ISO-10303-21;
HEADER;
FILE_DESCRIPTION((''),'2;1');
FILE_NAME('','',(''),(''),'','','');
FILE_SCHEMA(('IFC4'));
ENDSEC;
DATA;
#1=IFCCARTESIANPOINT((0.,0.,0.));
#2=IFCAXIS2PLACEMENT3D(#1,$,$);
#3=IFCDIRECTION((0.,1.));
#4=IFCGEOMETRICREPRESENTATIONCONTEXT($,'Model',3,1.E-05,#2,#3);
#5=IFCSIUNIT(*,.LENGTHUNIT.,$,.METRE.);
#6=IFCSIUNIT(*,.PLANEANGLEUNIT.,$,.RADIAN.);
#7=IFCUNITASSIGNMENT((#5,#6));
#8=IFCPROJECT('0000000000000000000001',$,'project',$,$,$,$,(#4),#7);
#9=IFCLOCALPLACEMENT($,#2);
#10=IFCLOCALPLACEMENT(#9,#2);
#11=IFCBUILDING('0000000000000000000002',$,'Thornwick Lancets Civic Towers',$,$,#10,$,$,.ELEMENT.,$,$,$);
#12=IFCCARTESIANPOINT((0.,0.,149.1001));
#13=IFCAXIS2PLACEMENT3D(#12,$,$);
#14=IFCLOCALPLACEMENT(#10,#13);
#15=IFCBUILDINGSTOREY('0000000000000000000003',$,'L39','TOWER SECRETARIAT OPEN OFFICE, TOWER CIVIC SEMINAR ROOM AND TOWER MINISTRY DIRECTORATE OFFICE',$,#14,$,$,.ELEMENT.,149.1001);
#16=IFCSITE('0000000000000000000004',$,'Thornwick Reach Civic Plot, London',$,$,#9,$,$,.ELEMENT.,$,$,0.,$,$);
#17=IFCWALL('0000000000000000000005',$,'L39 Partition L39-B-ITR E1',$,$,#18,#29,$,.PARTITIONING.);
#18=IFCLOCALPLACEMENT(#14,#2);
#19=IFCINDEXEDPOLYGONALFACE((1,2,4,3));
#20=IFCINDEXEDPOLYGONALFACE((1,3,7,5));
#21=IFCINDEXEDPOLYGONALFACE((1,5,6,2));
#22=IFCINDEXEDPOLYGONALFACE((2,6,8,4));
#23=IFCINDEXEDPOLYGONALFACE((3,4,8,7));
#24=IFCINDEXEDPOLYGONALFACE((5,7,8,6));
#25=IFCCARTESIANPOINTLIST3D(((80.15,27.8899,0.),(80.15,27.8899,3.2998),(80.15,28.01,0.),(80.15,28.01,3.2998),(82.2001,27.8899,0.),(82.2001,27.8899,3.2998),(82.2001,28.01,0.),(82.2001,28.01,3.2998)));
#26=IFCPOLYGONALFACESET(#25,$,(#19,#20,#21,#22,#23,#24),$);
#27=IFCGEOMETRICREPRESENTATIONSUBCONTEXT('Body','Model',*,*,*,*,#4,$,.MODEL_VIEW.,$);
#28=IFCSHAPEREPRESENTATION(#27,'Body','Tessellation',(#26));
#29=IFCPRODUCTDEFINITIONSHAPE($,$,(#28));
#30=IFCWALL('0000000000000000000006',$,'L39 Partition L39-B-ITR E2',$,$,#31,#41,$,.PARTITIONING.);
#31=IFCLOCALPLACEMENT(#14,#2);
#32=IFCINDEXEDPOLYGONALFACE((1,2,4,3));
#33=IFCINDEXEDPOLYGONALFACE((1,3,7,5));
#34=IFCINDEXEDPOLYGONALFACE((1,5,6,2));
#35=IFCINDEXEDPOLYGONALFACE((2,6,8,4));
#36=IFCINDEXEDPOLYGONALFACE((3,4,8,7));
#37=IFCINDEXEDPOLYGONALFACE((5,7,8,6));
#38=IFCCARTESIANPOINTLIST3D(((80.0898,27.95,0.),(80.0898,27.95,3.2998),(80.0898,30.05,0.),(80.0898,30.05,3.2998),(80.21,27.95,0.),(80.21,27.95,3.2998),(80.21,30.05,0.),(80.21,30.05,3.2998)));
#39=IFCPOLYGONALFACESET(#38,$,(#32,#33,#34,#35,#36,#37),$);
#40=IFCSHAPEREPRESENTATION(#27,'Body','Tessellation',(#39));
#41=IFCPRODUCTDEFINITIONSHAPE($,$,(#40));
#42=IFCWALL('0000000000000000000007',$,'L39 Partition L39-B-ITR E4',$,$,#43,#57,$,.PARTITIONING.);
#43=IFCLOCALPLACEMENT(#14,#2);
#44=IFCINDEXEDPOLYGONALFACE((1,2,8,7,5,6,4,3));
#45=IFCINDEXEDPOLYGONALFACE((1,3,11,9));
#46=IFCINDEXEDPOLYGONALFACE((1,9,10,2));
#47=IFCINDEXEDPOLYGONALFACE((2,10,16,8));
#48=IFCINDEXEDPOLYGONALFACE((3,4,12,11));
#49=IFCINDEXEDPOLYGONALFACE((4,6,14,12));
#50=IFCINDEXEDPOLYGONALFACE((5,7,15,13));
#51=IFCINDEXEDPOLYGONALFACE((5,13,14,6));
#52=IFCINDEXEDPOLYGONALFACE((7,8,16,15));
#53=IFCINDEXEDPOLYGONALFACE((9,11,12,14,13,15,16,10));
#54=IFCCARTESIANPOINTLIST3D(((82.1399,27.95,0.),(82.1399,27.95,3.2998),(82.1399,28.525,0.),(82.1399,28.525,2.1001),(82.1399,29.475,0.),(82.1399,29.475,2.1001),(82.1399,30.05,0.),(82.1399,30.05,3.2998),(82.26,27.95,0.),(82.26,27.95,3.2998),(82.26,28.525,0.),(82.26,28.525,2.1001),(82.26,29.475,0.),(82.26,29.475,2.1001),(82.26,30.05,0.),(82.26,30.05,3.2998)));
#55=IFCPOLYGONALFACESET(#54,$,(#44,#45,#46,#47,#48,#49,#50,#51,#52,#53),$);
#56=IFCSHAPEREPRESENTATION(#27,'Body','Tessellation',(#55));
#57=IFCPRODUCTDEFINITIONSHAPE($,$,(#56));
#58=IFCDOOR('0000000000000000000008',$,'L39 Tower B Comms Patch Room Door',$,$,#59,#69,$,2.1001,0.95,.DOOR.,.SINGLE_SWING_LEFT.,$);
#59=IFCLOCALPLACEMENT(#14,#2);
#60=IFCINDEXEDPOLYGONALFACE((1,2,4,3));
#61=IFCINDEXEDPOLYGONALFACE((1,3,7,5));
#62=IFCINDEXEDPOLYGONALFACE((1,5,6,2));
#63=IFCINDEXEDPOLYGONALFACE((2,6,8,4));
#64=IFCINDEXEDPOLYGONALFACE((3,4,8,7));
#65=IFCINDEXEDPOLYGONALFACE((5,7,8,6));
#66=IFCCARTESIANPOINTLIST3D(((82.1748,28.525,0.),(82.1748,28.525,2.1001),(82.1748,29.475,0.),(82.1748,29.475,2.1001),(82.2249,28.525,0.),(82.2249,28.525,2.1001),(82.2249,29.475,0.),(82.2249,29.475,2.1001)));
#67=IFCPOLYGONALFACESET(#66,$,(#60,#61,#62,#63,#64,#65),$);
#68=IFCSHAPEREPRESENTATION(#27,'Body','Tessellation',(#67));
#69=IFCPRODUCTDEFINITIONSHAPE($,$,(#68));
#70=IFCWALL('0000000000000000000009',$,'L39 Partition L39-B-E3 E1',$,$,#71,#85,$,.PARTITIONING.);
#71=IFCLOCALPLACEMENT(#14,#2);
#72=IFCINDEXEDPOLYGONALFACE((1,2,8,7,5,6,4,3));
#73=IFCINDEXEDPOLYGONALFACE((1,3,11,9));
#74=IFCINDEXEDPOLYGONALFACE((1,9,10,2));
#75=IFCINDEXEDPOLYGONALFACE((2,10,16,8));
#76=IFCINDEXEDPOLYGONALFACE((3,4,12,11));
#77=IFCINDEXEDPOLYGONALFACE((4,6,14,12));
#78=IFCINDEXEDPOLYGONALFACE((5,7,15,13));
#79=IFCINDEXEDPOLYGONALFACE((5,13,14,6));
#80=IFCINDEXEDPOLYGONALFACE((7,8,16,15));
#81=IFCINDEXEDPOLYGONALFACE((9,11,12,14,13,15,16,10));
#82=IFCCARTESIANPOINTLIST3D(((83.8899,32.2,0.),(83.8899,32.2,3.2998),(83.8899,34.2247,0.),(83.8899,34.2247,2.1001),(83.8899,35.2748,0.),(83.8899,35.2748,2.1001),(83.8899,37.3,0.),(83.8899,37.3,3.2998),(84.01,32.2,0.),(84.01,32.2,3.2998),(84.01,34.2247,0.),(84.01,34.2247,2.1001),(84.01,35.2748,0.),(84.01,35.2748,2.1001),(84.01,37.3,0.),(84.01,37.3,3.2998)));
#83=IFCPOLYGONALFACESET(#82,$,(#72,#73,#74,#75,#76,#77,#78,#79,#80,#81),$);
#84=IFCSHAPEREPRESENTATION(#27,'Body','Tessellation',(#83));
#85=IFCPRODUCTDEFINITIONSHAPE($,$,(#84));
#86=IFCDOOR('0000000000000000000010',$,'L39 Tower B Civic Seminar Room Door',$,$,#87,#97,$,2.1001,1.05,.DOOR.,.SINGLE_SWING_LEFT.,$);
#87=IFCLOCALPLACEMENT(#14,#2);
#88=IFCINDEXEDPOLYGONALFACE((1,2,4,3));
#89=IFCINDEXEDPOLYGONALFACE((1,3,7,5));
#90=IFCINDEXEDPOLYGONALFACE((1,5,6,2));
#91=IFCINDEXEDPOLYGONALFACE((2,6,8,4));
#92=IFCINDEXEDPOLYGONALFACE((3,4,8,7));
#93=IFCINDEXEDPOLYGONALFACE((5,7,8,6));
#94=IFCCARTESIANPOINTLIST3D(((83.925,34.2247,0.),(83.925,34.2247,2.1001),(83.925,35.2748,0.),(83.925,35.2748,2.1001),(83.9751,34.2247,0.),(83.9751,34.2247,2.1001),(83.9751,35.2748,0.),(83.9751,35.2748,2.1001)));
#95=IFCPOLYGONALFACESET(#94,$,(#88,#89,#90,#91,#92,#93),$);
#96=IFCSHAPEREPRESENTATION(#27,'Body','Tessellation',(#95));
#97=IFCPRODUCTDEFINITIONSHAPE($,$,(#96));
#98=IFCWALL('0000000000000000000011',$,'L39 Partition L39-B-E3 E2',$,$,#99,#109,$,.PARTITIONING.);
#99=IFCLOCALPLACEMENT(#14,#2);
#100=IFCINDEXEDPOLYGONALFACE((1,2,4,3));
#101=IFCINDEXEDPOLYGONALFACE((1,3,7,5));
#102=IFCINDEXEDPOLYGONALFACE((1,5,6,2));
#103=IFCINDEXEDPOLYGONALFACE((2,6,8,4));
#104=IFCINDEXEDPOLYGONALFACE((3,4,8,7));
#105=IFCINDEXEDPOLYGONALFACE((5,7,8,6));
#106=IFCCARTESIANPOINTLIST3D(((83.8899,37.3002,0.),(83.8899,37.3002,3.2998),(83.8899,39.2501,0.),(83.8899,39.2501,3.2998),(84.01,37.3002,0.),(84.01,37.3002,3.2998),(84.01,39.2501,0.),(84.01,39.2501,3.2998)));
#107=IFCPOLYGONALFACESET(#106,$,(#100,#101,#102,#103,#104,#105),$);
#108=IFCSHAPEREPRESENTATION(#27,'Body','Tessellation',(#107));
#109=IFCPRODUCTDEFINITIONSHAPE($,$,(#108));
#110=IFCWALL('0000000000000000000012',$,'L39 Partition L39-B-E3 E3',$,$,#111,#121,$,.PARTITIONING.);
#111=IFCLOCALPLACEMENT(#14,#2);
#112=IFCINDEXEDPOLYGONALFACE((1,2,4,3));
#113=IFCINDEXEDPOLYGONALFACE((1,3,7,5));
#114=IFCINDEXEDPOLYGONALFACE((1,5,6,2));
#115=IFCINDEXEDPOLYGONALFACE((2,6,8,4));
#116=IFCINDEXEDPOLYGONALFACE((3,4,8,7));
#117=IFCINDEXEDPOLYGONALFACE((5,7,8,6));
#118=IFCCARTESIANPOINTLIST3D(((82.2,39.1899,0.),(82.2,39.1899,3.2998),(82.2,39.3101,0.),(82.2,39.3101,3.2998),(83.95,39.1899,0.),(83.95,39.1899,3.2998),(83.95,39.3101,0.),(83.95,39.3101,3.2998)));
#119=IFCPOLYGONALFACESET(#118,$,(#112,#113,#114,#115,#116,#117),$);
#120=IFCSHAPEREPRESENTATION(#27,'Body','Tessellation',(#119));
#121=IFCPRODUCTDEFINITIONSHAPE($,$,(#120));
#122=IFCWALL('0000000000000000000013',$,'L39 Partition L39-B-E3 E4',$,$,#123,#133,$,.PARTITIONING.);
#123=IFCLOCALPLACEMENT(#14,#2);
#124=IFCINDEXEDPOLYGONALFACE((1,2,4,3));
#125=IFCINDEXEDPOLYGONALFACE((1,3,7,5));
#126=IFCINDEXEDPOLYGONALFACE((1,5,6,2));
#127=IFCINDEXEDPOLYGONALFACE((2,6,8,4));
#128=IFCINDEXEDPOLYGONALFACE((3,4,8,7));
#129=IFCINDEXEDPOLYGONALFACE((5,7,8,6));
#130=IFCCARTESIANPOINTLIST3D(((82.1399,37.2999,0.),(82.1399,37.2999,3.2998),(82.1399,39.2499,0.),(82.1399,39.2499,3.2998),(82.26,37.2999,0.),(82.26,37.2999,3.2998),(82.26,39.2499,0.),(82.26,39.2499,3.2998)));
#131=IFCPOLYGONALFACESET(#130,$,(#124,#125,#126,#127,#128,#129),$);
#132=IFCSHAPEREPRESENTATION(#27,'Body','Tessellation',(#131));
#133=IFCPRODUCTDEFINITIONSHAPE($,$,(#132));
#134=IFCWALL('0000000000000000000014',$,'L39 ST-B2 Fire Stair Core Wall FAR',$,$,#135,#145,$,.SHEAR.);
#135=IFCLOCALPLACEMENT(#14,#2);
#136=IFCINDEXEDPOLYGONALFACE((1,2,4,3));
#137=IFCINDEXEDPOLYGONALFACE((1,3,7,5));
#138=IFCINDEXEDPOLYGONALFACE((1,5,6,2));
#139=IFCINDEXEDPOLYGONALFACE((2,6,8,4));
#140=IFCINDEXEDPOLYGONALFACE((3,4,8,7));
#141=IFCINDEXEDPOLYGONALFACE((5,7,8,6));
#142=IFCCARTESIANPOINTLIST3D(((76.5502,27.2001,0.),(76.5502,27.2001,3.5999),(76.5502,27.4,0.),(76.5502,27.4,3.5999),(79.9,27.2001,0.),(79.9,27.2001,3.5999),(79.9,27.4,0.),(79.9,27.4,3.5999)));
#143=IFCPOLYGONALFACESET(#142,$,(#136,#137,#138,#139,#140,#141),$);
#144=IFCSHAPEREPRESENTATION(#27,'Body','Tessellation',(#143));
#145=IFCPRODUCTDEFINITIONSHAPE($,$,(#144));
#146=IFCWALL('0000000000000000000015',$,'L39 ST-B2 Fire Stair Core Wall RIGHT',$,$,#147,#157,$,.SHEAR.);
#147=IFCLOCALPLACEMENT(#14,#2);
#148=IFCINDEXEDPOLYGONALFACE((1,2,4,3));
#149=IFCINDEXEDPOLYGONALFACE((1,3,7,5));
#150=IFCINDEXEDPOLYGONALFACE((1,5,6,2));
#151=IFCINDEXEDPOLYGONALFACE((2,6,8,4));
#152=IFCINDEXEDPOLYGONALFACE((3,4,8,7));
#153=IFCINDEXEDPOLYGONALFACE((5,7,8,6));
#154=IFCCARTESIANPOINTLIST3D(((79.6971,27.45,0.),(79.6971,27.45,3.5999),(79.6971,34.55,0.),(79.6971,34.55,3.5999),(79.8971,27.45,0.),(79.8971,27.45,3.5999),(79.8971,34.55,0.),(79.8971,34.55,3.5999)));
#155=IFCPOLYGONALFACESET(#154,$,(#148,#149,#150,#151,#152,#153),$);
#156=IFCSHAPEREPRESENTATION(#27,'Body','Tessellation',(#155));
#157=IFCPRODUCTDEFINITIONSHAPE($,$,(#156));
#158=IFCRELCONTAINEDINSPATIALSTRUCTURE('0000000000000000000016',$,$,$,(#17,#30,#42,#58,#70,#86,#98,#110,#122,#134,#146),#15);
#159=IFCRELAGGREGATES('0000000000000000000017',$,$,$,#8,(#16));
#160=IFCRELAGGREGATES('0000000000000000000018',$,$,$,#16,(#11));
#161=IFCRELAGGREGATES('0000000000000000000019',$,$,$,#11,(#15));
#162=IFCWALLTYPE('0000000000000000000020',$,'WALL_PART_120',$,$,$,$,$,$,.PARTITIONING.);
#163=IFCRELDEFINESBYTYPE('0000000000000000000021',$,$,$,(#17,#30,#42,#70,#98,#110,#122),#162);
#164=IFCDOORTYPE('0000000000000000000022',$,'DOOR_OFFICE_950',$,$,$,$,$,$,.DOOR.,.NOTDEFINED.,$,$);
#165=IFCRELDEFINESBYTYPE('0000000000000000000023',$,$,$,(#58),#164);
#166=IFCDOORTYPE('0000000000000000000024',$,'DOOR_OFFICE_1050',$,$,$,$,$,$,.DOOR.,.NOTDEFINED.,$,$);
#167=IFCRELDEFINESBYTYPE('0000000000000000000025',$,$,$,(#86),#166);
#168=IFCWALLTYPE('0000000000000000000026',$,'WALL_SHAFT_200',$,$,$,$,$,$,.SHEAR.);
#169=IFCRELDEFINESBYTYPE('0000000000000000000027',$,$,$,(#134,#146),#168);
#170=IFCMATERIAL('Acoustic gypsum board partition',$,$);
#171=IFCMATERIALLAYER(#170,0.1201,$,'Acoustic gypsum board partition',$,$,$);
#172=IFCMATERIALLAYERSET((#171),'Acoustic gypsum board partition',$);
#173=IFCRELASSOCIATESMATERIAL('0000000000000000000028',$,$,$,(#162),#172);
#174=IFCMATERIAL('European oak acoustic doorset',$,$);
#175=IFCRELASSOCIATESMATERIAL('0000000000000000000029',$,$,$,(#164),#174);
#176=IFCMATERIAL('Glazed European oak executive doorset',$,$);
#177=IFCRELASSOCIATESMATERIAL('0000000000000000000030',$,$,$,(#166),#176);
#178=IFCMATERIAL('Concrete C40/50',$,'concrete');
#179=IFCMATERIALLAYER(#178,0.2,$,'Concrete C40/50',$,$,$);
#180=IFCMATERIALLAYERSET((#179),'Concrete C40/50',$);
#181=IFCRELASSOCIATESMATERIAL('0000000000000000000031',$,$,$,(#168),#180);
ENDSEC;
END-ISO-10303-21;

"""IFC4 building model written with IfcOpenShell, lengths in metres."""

from ifc_helpers import new_model, si_unit, direction, frame, frame_2d, origin, place, context, subcontext, project, spatial, rectangle, extrude, material, layer, layer_set, type_object, element, fill, save


model = new_model("IFC4")

# Units and contexts
model_context = context("Model", 3, precision=1e-05, world=origin(), true_north=direction((0.0, 1.0)))
body_context = subcontext(model_context, "Body", "Model", "MODEL_VIEW")
ifc_project = project(units=[si_unit("LENGTHUNIT", "METRE"), si_unit("PLANEANGLEUNIT", "RADIAN")], contexts=[model_context])

# Site, building, storey
site_placement = place(None, origin())
site = spatial("IfcSite", under=ifc_project, at=site_placement, Name="Thornwick Reach Civic Plot, London", CompositionType="ELEMENT", RefElevation=0.0)
building_placement = place(site_placement, origin())
building = spatial("IfcBuilding", under=site, at=building_placement, Name="Thornwick Lancets Civic Towers", CompositionType="ELEMENT")
storey_placement = place(building_placement, frame((0.0, 0.0, 149.1001)))
storey = spatial("IfcBuildingStorey", under=building, at=storey_placement, Name="L39", Description="TOWER SECRETARIAT OPEN OFFICE, TOWER CIVIC SEMINAR ROOM AND TOWER MINISTRY DIRECTORATE OFFICE", CompositionType="ELEMENT", Elevation=149.1001)

# Walls
ifc_material_1 = material(Name="Acoustic gypsum board partition")
ifc_layer_1 = layer(ifc_material_1, 0.1201, Name="Acoustic gypsum board partition")
ifc_layer_set_1 = layer_set([ifc_layer_1], Name="Acoustic gypsum board partition")
wall_type_1 = type_object("IfcWallType", Name="WALL_PART_120", PredefinedType="PARTITIONING", material=ifc_layer_set_1)
wall_1_placement = place(storey_placement, frame((82.2, 27.95, 0.0), z_axis=(0.0, 0.0, 1.0), x_axis=(-1.0, 0.0, 0.0)))
element("IfcWall", 1, at=wall_1_placement, inside=storey, type_object=wall_type_1, Name="L39 Partition L39-B-ITR E1", PredefinedType="PARTITIONING", context=body_context, shape_type="SweptSolid", body=[
    extrude(rectangle(XDim=2.05, YDim=0.1201, at=frame_2d((1.0249, 0.0))), origin(), (0.0, 0.0, 1.0), 3.2998),
])
wall_2_placement = place(storey_placement, frame((80.1499, 27.95, 0.0), z_axis=(0.0, 0.0, 1.0), x_axis=(0.0, 1.0, 0.0)))
element("IfcWall", 2, at=wall_2_placement, inside=storey, type_object=wall_type_1, Name="L39 Partition L39-B-ITR E2", PredefinedType="PARTITIONING", context=body_context, shape_type="SweptSolid", body=[
    extrude(rectangle(XDim=2.1001, YDim=0.1201, at=frame_2d((1.05, 0.0))), origin(), (0.0, 0.0, 1.0), 3.2998),
])

# Walls, openings, doors
wall_3_placement = place(storey_placement, frame((82.2, 30.05, 0.0), z_axis=(0.0, 0.0, 1.0), x_axis=(0.0, -1.0, 0.0)))
wall_3 = element("IfcWall", 3, at=wall_3_placement, inside=storey, type_object=wall_type_1, Name="L39 Partition L39-B-ITR E4", PredefinedType="PARTITIONING", context=body_context, shape_type="SweptSolid", body=[
    extrude(rectangle(XDim=2.1001, YDim=0.1201, at=frame_2d((1.05, 0.0))), origin(), (0.0, 0.0, 1.0), 3.2998),
])
opening_1_placement = place(wall_3_placement, frame((0.575, 0.0, 0.0)))
opening_1 = element("IfcOpeningElement", 4, at=opening_1_placement, cuts=wall_3, PredefinedType="OPENING", context=body_context, shape_type="SweptSolid", body=[
    extrude(rectangle(XDim=0.95, YDim=2.1001, at=frame_2d((0.4751, 1.05))), frame((0.0, 0.0701, 0.0), z_axis=(0.0, -1.0, 0.0), x_axis=(1.0, 0.0, 0.0)), (0.0, 0.0, 1.0), 0.1401),
])
ifc_material_2 = material(Name="European oak acoustic doorset")
door_type_1 = type_object("IfcDoorType", Name="DOOR_OFFICE_950", OperationType="NOTDEFINED", PredefinedType="DOOR", material=ifc_material_2)
door_1_placement = place(opening_1_placement, origin())
door_1 = element("IfcDoor", 5, at=door_1_placement, inside=storey, type_object=door_type_1, Name="L39 Tower B Comms Patch Room Door", OperationType="SINGLE_SWING_LEFT", OverallHeight=2.1001, OverallWidth=0.95, PredefinedType="DOOR", context=body_context, shape_type="SweptSolid", body=[
    extrude(rectangle(XDim=0.95, YDim=2.1001, at=frame_2d((0.4751, 1.05))), frame((0.0, 0.0249, 0.0), z_axis=(0.0, -1.0, 0.0), x_axis=(1.0, 0.0, 0.0)), (0.0, 0.0, 1.0), 0.05),
])
fill(opening_1, door_1)
wall_4_placement = place(storey_placement, frame((83.95, 32.2, 0.0), z_axis=(0.0, 0.0, 1.0), x_axis=(0.0, 1.0, 0.0)))
wall_4 = element("IfcWall", 6, at=wall_4_placement, inside=storey, type_object=wall_type_1, Name="L39 Partition L39-B-E3 E1", PredefinedType="PARTITIONING", context=body_context, shape_type="SweptSolid", body=[
    extrude(rectangle(XDim=5.1001, YDim=0.1201, at=frame_2d((2.55, 0.0))), origin(), (0.0, 0.0, 1.0), 3.2998),
])
opening_2_placement = place(wall_4_placement, frame((2.0249, 0.0, 0.0)))
opening_2 = element("IfcOpeningElement", 7, at=opening_2_placement, cuts=wall_4, PredefinedType="OPENING", context=body_context, shape_type="SweptSolid", body=[
    extrude(rectangle(XDim=1.05, YDim=2.1001, at=frame_2d((0.5249, 1.05))), frame((0.0, 0.0701, 0.0), z_axis=(0.0, -1.0, 0.0), x_axis=(1.0, 0.0, 0.0)), (0.0, 0.0, 1.0), 0.1401),
])
ifc_material_3 = material(Name="Glazed European oak executive doorset")
door_type_2 = type_object("IfcDoorType", Name="DOOR_OFFICE_1050", OperationType="NOTDEFINED", PredefinedType="DOOR", material=ifc_material_3)
door_2_placement = place(opening_2_placement, origin())
door_2 = element("IfcDoor", 8, at=door_2_placement, inside=storey, type_object=door_type_2, Name="L39 Tower B Civic Seminar Room Door", OperationType="SINGLE_SWING_LEFT", OverallHeight=2.1001, OverallWidth=1.05, PredefinedType="DOOR", context=body_context, shape_type="SweptSolid", body=[
    extrude(rectangle(XDim=1.05, YDim=2.1001, at=frame_2d((0.5249, 1.05))), frame((0.0, 0.0249, 0.0), z_axis=(0.0, -1.0, 0.0), x_axis=(1.0, 0.0, 0.0)), (0.0, 0.0, 1.0), 0.05),
])
fill(opening_2, door_2)

# Walls
wall_5_placement = place(storey_placement, frame((83.95, 37.3, 0.0), z_axis=(0.0, 0.0, 1.0), x_axis=(0.0, 1.0, 0.0)))
element("IfcWall", 9, at=wall_5_placement, inside=storey, type_object=wall_type_1, Name="L39 Partition L39-B-E3 E2", PredefinedType="PARTITIONING", context=body_context, shape_type="SweptSolid", body=[
    extrude(rectangle(XDim=1.95, YDim=0.1201, at=frame_2d((0.9751, 0.0))), origin(), (0.0, 0.0, 1.0), 3.2998),
])
wall_6_placement = place(storey_placement, frame((83.95, 39.25, 0.0), z_axis=(0.0, 0.0, 1.0), x_axis=(-1.0, 0.0, 0.0)))
element("IfcWall", 10, at=wall_6_placement, inside=storey, type_object=wall_type_1, Name="L39 Partition L39-B-E3 E3", PredefinedType="PARTITIONING", context=body_context, shape_type="SweptSolid", body=[
    extrude(rectangle(XDim=1.75, YDim=0.1201, at=frame_2d((0.875, 0.0))), origin(), (0.0, 0.0, 1.0), 3.2998),
])
wall_7_placement = place(storey_placement, frame((82.2, 39.25, 0.0), z_axis=(0.0, 0.0, 1.0), x_axis=(0.0, -1.0, 0.0)))
element("IfcWall", 11, at=wall_7_placement, inside=storey, type_object=wall_type_1, Name="L39 Partition L39-B-E3 E4", PredefinedType="PARTITIONING", context=body_context, shape_type="SweptSolid", body=[
    extrude(rectangle(XDim=1.95, YDim=0.1201, at=frame_2d((0.9751, 0.0))), origin(), (0.0, 0.0, 1.0), 3.2998),
])
ifc_material_4 = material(Name="Concrete C40/50", Category="concrete")
ifc_layer_2 = layer(ifc_material_4, 0.2, Name="Concrete C40/50")
ifc_layer_set_2 = layer_set([ifc_layer_2], Name="Concrete C40/50")
wall_type_2 = type_object("IfcWallType", Name="WALL_SHAFT_200", PredefinedType="SHEAR", material=ifc_layer_set_2)
wall_8_placement = place(storey_placement, frame((79.8999, 27.3, 0.0), z_axis=(0.0, 0.0, 1.0), x_axis=(-1.0, 0.0, 0.0)))
element("IfcWall", 12, at=wall_8_placement, inside=storey, type_object=wall_type_2, Name="L39 ST-B2 Fire Stair Core Wall FAR", PredefinedType="SHEAR", context=body_context, shape_type="SweptSolid", body=[
    extrude(rectangle(XDim=3.3499, YDim=0.2, at=frame_2d((1.6748, 0.0))), origin(), (0.0, 0.0, 1.0), 3.5999),
])
wall_9_placement = place(storey_placement, frame((79.7971, 27.45, 0.0), z_axis=(0.0, 0.0, 1.0), x_axis=(0.0, 1.0, 0.0)))
element("IfcWall", 13, at=wall_9_placement, inside=storey, type_object=wall_type_2, Name="L39 ST-B2 Fire Stair Core Wall RIGHT", PredefinedType="SHEAR", context=body_context, shape_type="SweptSolid", body=[
    extrude(rectangle(XDim=7.1001, YDim=0.2, at=frame_2d((3.55, 0.0))), origin(), (0.0, 0.0, 1.0), 3.5999),
])

save(model, "model.ifc")
